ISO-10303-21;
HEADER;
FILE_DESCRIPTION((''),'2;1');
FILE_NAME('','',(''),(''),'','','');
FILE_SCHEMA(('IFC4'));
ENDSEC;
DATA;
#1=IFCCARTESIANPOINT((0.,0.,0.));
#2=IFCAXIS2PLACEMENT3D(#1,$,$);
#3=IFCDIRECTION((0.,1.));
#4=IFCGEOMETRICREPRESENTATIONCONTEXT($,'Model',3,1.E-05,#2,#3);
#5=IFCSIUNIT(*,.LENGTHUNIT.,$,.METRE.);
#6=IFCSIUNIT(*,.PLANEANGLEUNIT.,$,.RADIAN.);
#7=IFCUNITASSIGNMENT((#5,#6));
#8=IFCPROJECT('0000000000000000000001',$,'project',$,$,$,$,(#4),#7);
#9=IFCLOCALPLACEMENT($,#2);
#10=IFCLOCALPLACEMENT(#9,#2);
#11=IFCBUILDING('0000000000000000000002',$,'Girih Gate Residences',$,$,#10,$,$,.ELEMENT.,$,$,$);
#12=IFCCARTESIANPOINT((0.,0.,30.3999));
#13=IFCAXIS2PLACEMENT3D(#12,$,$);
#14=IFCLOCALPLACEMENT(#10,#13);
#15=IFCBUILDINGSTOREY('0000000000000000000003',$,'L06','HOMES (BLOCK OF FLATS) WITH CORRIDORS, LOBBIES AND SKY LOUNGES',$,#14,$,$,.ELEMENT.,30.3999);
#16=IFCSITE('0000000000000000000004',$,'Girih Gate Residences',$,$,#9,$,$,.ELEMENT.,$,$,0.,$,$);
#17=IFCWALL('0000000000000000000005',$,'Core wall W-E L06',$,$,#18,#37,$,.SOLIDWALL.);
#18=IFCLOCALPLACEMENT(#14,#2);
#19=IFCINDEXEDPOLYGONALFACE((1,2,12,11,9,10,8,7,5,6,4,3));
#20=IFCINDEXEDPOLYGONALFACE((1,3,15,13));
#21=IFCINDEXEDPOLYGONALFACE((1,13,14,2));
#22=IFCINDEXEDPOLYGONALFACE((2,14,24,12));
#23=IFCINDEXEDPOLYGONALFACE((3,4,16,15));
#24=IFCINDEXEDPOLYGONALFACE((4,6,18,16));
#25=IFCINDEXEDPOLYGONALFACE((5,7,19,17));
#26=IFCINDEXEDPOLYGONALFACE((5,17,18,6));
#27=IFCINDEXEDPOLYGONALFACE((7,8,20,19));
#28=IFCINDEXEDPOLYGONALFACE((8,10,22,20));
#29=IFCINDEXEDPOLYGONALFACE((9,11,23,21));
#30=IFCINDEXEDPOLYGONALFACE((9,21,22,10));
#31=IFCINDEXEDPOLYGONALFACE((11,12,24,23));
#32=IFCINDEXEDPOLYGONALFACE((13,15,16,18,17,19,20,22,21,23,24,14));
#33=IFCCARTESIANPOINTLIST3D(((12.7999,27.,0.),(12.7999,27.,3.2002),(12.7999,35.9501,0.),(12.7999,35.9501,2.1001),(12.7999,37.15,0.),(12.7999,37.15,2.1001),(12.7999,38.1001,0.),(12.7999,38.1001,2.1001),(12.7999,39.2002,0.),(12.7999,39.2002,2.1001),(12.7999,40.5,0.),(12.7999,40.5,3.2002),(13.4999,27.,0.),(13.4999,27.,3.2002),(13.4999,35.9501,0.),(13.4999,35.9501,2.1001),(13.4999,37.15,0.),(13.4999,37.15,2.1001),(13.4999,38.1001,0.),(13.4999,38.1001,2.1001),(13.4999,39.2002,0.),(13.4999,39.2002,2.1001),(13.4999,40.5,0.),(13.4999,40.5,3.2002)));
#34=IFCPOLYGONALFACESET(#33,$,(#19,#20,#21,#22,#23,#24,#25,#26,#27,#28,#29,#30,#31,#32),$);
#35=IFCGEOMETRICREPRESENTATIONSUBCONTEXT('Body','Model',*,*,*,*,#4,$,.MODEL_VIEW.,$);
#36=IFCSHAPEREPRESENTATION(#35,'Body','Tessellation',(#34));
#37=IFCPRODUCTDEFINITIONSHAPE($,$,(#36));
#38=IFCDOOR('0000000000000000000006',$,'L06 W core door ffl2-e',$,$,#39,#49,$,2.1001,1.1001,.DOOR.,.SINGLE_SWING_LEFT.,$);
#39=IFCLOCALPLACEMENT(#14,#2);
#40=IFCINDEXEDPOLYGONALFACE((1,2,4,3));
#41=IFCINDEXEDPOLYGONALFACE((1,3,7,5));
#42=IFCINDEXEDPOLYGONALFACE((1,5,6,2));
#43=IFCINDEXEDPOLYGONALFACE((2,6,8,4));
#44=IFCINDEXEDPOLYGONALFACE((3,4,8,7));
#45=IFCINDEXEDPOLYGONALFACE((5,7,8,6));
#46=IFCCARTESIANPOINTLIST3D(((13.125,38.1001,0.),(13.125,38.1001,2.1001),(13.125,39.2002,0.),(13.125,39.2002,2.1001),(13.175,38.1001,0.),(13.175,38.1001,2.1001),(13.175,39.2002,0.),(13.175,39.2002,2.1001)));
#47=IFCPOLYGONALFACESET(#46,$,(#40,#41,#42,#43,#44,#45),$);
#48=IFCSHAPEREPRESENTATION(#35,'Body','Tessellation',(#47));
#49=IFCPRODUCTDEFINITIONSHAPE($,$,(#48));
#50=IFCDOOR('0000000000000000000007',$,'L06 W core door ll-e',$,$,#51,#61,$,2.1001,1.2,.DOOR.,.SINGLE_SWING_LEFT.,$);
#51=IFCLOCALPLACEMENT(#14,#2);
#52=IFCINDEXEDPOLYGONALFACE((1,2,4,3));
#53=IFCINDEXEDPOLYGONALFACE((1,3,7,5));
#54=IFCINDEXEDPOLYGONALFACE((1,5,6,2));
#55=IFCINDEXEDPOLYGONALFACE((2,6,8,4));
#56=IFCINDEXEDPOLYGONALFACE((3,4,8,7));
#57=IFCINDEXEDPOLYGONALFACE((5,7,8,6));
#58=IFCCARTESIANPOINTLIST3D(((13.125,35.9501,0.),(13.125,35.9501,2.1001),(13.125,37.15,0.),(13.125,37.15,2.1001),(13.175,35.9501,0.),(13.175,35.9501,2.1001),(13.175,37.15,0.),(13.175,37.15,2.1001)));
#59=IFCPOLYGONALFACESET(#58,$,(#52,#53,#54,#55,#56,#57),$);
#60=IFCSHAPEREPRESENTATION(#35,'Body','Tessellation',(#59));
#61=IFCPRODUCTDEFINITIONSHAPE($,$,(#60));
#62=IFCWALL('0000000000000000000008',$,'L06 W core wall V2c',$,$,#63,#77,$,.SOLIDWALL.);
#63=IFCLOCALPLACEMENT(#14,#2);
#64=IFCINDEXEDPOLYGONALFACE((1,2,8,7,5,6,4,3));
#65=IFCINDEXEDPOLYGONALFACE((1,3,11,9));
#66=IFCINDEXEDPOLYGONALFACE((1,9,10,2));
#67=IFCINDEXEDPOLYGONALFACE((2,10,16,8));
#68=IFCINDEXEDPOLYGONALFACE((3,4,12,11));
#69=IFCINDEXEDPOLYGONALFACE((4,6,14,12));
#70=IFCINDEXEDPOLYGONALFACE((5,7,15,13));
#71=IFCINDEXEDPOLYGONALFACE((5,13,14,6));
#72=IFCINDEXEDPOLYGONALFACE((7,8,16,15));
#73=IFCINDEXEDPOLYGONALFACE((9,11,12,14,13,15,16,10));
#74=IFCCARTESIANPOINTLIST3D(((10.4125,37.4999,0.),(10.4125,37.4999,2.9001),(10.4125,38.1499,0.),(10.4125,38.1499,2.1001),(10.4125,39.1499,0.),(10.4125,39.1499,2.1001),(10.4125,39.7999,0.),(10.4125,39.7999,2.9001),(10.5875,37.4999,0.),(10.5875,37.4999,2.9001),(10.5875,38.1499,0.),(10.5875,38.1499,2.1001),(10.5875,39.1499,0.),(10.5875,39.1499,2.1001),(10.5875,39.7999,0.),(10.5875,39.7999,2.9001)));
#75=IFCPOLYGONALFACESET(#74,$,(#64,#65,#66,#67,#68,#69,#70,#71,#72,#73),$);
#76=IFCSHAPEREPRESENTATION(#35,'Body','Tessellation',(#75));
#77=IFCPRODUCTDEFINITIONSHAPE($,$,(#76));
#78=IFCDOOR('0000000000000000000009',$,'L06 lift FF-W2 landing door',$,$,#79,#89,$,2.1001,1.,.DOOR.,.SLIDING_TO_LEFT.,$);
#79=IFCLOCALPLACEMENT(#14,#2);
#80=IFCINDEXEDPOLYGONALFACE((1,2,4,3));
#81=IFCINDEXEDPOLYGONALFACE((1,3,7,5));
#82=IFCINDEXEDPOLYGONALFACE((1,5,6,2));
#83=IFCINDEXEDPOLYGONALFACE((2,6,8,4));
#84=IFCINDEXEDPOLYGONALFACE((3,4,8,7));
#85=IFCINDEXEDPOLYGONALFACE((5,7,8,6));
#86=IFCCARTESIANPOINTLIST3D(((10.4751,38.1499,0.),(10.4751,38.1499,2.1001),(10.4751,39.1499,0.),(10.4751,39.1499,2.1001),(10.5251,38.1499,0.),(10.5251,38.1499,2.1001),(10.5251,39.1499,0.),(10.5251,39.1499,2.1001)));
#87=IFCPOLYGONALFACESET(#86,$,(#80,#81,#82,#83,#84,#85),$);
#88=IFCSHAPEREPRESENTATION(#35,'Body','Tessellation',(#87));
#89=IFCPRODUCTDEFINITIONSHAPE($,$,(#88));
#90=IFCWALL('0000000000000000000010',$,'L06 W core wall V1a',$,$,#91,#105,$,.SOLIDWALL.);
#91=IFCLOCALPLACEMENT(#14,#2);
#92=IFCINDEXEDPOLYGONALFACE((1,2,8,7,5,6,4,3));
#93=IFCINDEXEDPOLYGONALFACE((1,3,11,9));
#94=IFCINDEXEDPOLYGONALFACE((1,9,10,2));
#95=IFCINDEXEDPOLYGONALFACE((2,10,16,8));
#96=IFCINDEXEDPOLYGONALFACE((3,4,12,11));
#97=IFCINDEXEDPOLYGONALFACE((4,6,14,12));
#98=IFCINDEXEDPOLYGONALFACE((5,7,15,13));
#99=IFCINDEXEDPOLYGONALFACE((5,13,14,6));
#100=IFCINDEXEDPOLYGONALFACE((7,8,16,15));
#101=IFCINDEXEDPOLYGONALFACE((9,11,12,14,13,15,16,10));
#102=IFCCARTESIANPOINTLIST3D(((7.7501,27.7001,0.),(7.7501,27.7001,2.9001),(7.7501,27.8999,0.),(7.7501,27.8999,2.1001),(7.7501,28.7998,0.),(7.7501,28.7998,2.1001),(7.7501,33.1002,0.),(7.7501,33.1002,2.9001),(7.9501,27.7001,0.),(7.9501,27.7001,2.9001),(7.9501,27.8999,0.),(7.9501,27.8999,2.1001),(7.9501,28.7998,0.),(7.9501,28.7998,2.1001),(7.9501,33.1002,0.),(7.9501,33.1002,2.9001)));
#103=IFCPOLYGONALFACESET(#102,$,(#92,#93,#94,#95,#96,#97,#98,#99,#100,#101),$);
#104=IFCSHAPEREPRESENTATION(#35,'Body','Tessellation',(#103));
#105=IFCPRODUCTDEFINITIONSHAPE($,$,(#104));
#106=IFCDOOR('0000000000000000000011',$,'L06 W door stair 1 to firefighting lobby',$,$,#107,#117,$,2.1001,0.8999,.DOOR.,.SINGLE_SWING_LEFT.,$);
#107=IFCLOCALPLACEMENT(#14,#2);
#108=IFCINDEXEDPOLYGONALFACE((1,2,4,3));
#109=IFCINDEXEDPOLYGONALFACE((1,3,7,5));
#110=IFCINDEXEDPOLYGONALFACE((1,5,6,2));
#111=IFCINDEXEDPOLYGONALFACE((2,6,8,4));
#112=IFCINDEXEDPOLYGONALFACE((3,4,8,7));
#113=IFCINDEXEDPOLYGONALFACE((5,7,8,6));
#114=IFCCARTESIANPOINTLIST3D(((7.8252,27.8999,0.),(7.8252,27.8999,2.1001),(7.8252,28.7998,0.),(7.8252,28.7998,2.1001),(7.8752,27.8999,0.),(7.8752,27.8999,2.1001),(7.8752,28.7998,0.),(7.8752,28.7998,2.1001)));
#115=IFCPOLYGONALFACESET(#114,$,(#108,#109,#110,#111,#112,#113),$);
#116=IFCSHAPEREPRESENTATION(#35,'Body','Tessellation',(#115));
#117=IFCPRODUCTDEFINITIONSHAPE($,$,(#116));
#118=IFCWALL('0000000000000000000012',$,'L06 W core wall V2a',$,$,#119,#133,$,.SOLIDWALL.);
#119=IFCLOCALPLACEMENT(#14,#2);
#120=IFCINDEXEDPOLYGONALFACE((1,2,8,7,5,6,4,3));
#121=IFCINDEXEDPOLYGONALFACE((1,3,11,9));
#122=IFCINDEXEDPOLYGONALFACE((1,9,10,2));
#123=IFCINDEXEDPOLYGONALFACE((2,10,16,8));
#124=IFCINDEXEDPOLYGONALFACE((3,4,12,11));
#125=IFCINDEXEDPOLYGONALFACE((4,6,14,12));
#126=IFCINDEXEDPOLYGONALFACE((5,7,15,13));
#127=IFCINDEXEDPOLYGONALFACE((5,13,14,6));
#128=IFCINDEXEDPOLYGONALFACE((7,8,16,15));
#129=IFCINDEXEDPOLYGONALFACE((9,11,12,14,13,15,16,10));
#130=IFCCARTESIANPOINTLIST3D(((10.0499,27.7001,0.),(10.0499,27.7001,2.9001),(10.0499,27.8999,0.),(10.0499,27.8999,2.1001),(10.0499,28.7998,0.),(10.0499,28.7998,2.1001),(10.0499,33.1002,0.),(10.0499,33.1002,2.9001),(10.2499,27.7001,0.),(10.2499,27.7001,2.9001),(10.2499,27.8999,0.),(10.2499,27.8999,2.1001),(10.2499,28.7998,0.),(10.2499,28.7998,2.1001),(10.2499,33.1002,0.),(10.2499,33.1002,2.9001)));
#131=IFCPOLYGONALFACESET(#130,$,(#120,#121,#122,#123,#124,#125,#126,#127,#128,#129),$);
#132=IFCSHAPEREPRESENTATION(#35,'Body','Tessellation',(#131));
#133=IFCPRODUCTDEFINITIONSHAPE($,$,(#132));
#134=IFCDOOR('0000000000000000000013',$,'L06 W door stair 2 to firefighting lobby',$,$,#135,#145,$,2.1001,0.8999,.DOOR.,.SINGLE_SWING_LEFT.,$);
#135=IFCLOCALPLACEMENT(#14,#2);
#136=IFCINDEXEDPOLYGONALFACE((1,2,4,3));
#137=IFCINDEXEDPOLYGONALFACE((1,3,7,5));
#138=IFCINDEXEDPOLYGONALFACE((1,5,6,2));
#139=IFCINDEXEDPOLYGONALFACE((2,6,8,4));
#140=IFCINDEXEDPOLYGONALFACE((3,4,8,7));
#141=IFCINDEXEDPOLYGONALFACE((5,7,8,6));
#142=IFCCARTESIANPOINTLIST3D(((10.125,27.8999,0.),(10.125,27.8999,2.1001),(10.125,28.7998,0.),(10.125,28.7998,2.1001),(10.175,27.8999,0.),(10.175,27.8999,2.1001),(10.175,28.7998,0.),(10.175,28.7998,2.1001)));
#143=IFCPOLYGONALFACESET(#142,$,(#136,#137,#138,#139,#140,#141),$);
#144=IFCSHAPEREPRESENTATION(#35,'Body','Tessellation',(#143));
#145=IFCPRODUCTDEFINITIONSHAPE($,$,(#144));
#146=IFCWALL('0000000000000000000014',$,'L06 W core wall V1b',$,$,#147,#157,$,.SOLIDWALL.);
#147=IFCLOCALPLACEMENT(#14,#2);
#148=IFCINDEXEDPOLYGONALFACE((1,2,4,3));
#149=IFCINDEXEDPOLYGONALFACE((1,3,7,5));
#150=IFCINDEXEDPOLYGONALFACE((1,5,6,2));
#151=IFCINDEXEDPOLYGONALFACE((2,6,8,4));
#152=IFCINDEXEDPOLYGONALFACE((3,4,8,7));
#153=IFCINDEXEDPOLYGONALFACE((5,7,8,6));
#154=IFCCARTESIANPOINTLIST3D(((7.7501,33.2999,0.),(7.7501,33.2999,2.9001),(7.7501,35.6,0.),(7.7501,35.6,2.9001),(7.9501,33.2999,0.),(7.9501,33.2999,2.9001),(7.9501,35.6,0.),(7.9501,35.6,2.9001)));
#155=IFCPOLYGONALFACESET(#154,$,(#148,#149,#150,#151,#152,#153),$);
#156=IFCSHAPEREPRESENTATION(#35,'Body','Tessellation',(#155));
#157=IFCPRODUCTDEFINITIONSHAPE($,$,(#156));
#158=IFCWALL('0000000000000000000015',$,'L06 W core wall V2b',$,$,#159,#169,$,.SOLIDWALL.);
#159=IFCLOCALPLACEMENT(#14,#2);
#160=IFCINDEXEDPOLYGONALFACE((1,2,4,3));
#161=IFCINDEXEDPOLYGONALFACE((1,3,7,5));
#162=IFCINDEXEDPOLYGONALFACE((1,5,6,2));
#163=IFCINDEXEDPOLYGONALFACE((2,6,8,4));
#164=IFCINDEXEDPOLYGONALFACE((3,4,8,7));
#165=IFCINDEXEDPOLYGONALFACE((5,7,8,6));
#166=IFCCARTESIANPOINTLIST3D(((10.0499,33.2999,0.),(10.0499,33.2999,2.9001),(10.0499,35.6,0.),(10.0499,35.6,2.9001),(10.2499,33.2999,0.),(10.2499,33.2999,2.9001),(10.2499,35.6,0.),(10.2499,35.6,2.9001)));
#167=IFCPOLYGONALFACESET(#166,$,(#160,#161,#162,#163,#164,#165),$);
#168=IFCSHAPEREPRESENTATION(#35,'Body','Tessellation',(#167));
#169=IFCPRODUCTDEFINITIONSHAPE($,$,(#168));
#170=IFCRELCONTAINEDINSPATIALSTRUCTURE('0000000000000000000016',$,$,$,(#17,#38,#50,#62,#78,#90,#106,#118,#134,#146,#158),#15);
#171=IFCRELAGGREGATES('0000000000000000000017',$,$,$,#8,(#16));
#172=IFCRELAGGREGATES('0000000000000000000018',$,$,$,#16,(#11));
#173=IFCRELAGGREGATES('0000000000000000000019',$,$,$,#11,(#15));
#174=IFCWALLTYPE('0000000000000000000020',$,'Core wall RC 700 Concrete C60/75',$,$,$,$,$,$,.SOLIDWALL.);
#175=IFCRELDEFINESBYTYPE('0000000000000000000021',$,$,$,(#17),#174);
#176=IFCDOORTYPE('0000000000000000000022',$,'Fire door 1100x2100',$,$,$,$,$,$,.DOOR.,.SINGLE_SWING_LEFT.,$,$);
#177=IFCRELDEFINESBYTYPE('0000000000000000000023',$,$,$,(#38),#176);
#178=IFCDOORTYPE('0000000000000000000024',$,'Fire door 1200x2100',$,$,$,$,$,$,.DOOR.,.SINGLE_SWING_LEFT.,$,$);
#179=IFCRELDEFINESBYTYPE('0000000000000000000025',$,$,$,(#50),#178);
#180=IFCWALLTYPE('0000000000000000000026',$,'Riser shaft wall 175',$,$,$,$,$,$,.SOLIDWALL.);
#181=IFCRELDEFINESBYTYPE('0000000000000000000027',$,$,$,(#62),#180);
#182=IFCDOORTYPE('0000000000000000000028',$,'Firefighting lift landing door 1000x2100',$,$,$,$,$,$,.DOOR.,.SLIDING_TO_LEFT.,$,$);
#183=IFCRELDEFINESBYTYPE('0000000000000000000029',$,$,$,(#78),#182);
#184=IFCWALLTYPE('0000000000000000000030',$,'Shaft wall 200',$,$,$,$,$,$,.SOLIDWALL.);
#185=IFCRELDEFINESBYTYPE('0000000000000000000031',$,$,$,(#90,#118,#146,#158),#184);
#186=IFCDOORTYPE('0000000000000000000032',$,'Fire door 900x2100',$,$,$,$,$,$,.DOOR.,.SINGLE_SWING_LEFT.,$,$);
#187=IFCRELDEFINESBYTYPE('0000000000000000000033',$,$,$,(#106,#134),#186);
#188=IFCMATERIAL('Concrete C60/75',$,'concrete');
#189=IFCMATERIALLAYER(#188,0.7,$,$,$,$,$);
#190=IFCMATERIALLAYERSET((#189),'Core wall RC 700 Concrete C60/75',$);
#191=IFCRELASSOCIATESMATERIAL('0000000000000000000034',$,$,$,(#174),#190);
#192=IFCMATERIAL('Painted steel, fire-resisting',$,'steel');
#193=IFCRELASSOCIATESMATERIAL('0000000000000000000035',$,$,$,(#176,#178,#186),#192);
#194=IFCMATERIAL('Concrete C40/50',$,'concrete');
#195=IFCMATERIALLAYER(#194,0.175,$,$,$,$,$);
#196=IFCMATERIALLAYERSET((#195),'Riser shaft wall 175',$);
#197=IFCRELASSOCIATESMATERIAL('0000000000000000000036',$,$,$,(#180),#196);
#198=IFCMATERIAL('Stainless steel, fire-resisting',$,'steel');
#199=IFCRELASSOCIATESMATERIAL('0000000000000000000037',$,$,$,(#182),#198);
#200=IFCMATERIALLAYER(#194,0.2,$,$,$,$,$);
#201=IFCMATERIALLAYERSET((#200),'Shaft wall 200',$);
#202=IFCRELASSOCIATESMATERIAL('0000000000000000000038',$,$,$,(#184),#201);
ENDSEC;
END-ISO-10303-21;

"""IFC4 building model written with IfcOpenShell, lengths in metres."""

from ifc_helpers import new_model, si_unit, direction, frame, frame_2d, origin, place, context, subcontext, project, spatial, rectangle, extrude, material, layer, layer_set, type_object, element, fill, save


model = new_model("IFC4")

# Units and contexts
model_context = context("Model", 3, precision=1e-05, world=origin(), true_north=direction((0.0, 1.0)))
body_context = subcontext(model_context, "Body", "Model", "MODEL_VIEW")
ifc_project = project(units=[si_unit("LENGTHUNIT", "METRE"), si_unit("PLANEANGLEUNIT", "RADIAN")], contexts=[model_context])

# Site, building, storey
site_placement = place(None, origin())
site = spatial("IfcSite", under=ifc_project, at=site_placement, Name="Girih Gate Residences", CompositionType="ELEMENT", RefElevation=0.0)
building_placement = place(site_placement, origin())
building = spatial("IfcBuilding", under=site, at=building_placement, Name="Girih Gate Residences", CompositionType="ELEMENT")
storey_placement = place(building_placement, frame((0.0, 0.0, 30.3999)))
storey = spatial("IfcBuildingStorey", under=building, at=storey_placement, Name="L06", Description="HOMES (BLOCK OF FLATS) WITH CORRIDORS, LOBBIES AND SKY LOUNGES", CompositionType="ELEMENT", Elevation=30.3999)

# Shared definitions
ifc_material_1 = material(Name="Concrete C60/75", Category="concrete")

# Wall, openings, doors
ifc_layer_1 = layer(ifc_material_1, 0.7)
ifc_layer_set_1 = layer_set([ifc_layer_1], Name="Core wall RC 700 Concrete C60/75")
wall_type_1 = type_object("IfcWallType", Name="Core wall RC 700 Concrete C60/75", PredefinedType="SOLIDWALL", material=ifc_layer_set_1)
wall_1_placement = place(storey_placement, frame((13.1499, 27.0, 0.0), z_axis=(0.0, 0.0, 1.0), x_axis=(0.0, 1.0, 0.0)))
wall_1 = element("IfcWall", 1, at=wall_1_placement, inside=storey, type_object=wall_type_1, Name="Core wall W-E L06", PredefinedType="SOLIDWALL", context=body_context, shape_type="SweptSolid", body=[
    extrude(rectangle(XDim=13.5, YDim=0.7, at=frame_2d((6.75, 0.0))), origin(), (0.0, 0.0, 1.0), 3.2002),
])
opening_1_placement = place(wall_1_placement, frame((11.1001, 0.0, 0.0)))
opening_1 = element("IfcOpeningElement", 2, at=opening_1_placement, cuts=wall_1, PredefinedType="OPENING", context=body_context, shape_type="SweptSolid", body=[
    extrude(rectangle(XDim=1.1001, YDim=2.1001, at=frame_2d((0.55, 1.05))), frame((0.0, 0.3599, 0.0), z_axis=(0.0, -1.0, 0.0), x_axis=(1.0, 0.0, 0.0)), (0.0, 0.0, 1.0), 0.72),
])
opening_2_placement = place(wall_1_placement, frame((8.95, 0.0, 0.0)))
opening_2 = element("IfcOpeningElement", 3, at=opening_2_placement, cuts=wall_1, PredefinedType="OPENING", context=body_context, shape_type="SweptSolid", body=[
    extrude(rectangle(XDim=1.2, YDim=2.1001, at=frame_2d((0.6001, 1.05))), frame((0.0, 0.3599, 0.0), z_axis=(0.0, -1.0, 0.0), x_axis=(1.0, 0.0, 0.0)), (0.0, 0.0, 1.0), 0.72),
])
ifc_material_2 = material(Name="Painted steel, fire-resisting", Category="steel")
door_type_1 = type_object("IfcDoorType", Name="Fire door 1100x2100", OperationType="SINGLE_SWING_LEFT", PredefinedType="DOOR", material=ifc_material_2)
door_1_placement = place(opening_1_placement, origin())
door_1 = element("IfcDoor", 4, at=door_1_placement, inside=storey, type_object=door_type_1, Name="L06 W core door ffl2-e", OperationType="SINGLE_SWING_LEFT", OverallHeight=2.1001, OverallWidth=1.1001, PredefinedType="DOOR", context=body_context, shape_type="SweptSolid", body=[
    extrude(rectangle(XDim=1.1001, YDim=2.1001, at=frame_2d((0.55, 1.05))), frame((0.0, 0.0249, 0.0), z_axis=(0.0, -1.0, 0.0), x_axis=(1.0, 0.0, 0.0)), (0.0, 0.0, 1.0), 0.05),
])
fill(opening_1, door_1)
door_type_2 = type_object("IfcDoorType", Name="Fire door 1200x2100", OperationType="SINGLE_SWING_LEFT", PredefinedType="DOOR", material=ifc_material_2)
door_2_placement = place(opening_2_placement, origin())
door_2 = element("IfcDoor", 5, at=door_2_placement, inside=storey, type_object=door_type_2, Name="L06 W core door ll-e", OperationType="SINGLE_SWING_LEFT", OverallHeight=2.1001, OverallWidth=1.2, PredefinedType="DOOR", context=body_context, shape_type="SweptSolid", body=[
    extrude(rectangle(XDim=1.2, YDim=2.1001, at=frame_2d((0.6001, 1.05))), frame((0.0, 0.0249, 0.0), z_axis=(0.0, -1.0, 0.0), x_axis=(1.0, 0.0, 0.0)), (0.0, 0.0, 1.0), 0.05),
])
fill(opening_2, door_2)

# Walls, openings, doors
ifc_material_3 = material(Name="Concrete C40/50", Category="concrete")
ifc_layer_2 = layer(ifc_material_3, 0.175)
ifc_layer_set_2 = layer_set([ifc_layer_2], Name="Riser shaft wall 175")
wall_type_2 = type_object("IfcWallType", Name="Riser shaft wall 175", PredefinedType="SOLIDWALL", material=ifc_layer_set_2)
wall_2_placement = place(storey_placement, frame((10.5, 37.5, 0.0), z_axis=(0.0, 0.0, 1.0), x_axis=(0.0, 1.0, 0.0)))
wall_2 = element("IfcWall", 6, at=wall_2_placement, inside=storey, type_object=wall_type_2, Name="L06 W core wall V2c", PredefinedType="SOLIDWALL", context=body_context, shape_type="SweptSolid", body=[
    extrude(rectangle(XDim=2.3, YDim=0.175, at=frame_2d((1.1499, 0.0))), origin(), (0.0, 0.0, 1.0), 2.9001),
])
opening_3_placement = place(wall_2_placement, frame((0.6499, 0.0, 0.0)))
opening_3 = element("IfcOpeningElement", 7, at=opening_3_placement, cuts=wall_2, PredefinedType="OPENING", context=body_context, shape_type="SweptSolid", body=[
    extrude(rectangle(XDim=1.0, YDim=2.1001, at=frame_2d((0.5, 1.05))), frame((0.0, 0.0974, 0.0), z_axis=(0.0, -1.0, 0.0), x_axis=(1.0, 0.0, 0.0)), (0.0, 0.0, 1.0), 0.1951),
])
ifc_material_4 = material(Name="Stainless steel, fire-resisting", Category="steel")
door_type_3 = type_object("IfcDoorType", Name="Firefighting lift landing door 1000x2100", OperationType="SLIDING_TO_LEFT", PredefinedType="DOOR", material=ifc_material_4)
door_3_placement = place(opening_3_placement, origin())
door_3 = element("IfcDoor", 8, at=door_3_placement, inside=storey, type_object=door_type_3, Name="L06 lift FF-W2 landing door", OperationType="SLIDING_TO_LEFT", OverallHeight=2.1001, OverallWidth=1.0, PredefinedType="DOOR", context=body_context, shape_type="SweptSolid", body=[
    extrude(rectangle(XDim=1.0, YDim=2.1001, at=frame_2d((0.5, 1.05))), frame((0.0, 0.0249, 0.0), z_axis=(0.0, -1.0, 0.0), x_axis=(1.0, 0.0, 0.0)), (0.0, 0.0, 1.0), 0.05),
])
fill(opening_3, door_3)
ifc_layer_3 = layer(ifc_material_3, 0.2)
ifc_layer_set_3 = layer_set([ifc_layer_3], Name="Shaft wall 200")
wall_type_3 = type_object("IfcWallType", Name="Shaft wall 200", PredefinedType="SOLIDWALL", material=ifc_layer_set_3)
wall_3_placement = place(storey_placement, frame((7.8501, 27.7, 0.0), z_axis=(0.0, 0.0, 1.0), x_axis=(0.0, 1.0, 0.0)))
wall_3 = element("IfcWall", 9, at=wall_3_placement, inside=storey, type_object=wall_type_3, Name="L06 W core wall V1a", PredefinedType="SOLIDWALL", context=body_context, shape_type="SweptSolid", body=[
    extrude(rectangle(XDim=5.4001, YDim=0.2, at=frame_2d((2.7002, 0.0))), origin(), (0.0, 0.0, 1.0), 2.9001),
])
opening_4_placement = place(wall_3_placement, frame((0.2, 0.0, 0.0)))
opening_4 = element("IfcOpeningElement", 10, at=opening_4_placement, cuts=wall_3, PredefinedType="OPENING", context=body_context, shape_type="SweptSolid", body=[
    extrude(rectangle(XDim=0.8999, YDim=2.1001, at=frame_2d((0.45, 1.05))), frame((0.0, 0.1099, 0.0), z_axis=(0.0, -1.0, 0.0), x_axis=(1.0, 0.0, 0.0)), (0.0, 0.0, 1.0), 0.22),
])
door_type_4 = type_object("IfcDoorType", Name="Fire door 900x2100", OperationType="SINGLE_SWING_LEFT", PredefinedType="DOOR", material=ifc_material_2)
door_4_placement = place(opening_4_placement, origin())
door_4 = element("IfcDoor", 11, at=door_4_placement, inside=storey, type_object=door_type_4, Name="L06 W door stair 1 to firefighting lobby", OperationType="SINGLE_SWING_LEFT", OverallHeight=2.1001, OverallWidth=0.8999, PredefinedType="DOOR", context=body_context, shape_type="SweptSolid", body=[
    extrude(rectangle(XDim=0.8999, YDim=2.1001, at=frame_2d((0.45, 1.05))), frame((0.0, 0.0249, 0.0), z_axis=(0.0, -1.0, 0.0), x_axis=(1.0, 0.0, 0.0)), (0.0, 0.0, 1.0), 0.05),
])
fill(opening_4, door_4)
wall_4_placement = place(storey_placement, frame((10.1499, 27.7, 0.0), z_axis=(0.0, 0.0, 1.0), x_axis=(0.0, 1.0, 0.0)))
wall_4 = element("IfcWall", 12, at=wall_4_placement, inside=storey, type_object=wall_type_3, Name="L06 W core wall V2a", PredefinedType="SOLIDWALL", context=body_context, shape_type="SweptSolid", body=[
    extrude(rectangle(XDim=5.4001, YDim=0.2, at=frame_2d((2.7002, 0.0))), origin(), (0.0, 0.0, 1.0), 2.9001),
])
opening_5_placement = place(wall_4_placement, frame((0.2, 0.0, 0.0)))
opening_5 = element("IfcOpeningElement", 13, at=opening_5_placement, cuts=wall_4, PredefinedType="OPENING", context=body_context, shape_type="SweptSolid", body=[
    extrude(rectangle(XDim=0.8999, YDim=2.1001, at=frame_2d((0.45, 1.05))), frame((0.0, 0.1099, 0.0), z_axis=(0.0, -1.0, 0.0), x_axis=(1.0, 0.0, 0.0)), (0.0, 0.0, 1.0), 0.22),
])
door_5_placement = place(opening_5_placement, origin())
door_5 = element("IfcDoor", 14, at=door_5_placement, inside=storey, type_object=door_type_4, Name="L06 W door stair 2 to firefighting lobby", OperationType="SINGLE_SWING_LEFT", OverallHeight=2.1001, OverallWidth=0.8999, PredefinedType="DOOR", context=body_context, shape_type="SweptSolid", body=[
    extrude(rectangle(XDim=0.8999, YDim=2.1001, at=frame_2d((0.45, 1.05))), frame((0.0, 0.0249, 0.0), z_axis=(0.0, -1.0, 0.0), x_axis=(1.0, 0.0, 0.0)), (0.0, 0.0, 1.0), 0.05),
])
fill(opening_5, door_5)

# Walls
for number, where, z_axis, x_axis, name in (
    (15, (7.8501, 33.3, 0.0), (0.0, 0.0, 1.0), (0.0, 1.0, 0.0), "L06 W core wall V1b"),
    (16, (10.1499, 33.3, 0.0), (0.0, 0.0, 1.0), (0.0, 1.0, 0.0), "L06 W core wall V2b"),
):
    element("IfcWall", number, at=place(storey_placement, frame(where, z_axis=z_axis, x_axis=x_axis)), inside=storey, type_object=wall_type_3, Name=name, PredefinedType="SOLIDWALL", context=body_context, shape_type="SweptSolid", body=[
        extrude(rectangle(XDim=2.3, YDim=0.2, at=frame_2d((1.1499, 0.0))), origin(), (0.0, 0.0, 1.0), 2.9001),
    ])

save(model, "model.ifc")
